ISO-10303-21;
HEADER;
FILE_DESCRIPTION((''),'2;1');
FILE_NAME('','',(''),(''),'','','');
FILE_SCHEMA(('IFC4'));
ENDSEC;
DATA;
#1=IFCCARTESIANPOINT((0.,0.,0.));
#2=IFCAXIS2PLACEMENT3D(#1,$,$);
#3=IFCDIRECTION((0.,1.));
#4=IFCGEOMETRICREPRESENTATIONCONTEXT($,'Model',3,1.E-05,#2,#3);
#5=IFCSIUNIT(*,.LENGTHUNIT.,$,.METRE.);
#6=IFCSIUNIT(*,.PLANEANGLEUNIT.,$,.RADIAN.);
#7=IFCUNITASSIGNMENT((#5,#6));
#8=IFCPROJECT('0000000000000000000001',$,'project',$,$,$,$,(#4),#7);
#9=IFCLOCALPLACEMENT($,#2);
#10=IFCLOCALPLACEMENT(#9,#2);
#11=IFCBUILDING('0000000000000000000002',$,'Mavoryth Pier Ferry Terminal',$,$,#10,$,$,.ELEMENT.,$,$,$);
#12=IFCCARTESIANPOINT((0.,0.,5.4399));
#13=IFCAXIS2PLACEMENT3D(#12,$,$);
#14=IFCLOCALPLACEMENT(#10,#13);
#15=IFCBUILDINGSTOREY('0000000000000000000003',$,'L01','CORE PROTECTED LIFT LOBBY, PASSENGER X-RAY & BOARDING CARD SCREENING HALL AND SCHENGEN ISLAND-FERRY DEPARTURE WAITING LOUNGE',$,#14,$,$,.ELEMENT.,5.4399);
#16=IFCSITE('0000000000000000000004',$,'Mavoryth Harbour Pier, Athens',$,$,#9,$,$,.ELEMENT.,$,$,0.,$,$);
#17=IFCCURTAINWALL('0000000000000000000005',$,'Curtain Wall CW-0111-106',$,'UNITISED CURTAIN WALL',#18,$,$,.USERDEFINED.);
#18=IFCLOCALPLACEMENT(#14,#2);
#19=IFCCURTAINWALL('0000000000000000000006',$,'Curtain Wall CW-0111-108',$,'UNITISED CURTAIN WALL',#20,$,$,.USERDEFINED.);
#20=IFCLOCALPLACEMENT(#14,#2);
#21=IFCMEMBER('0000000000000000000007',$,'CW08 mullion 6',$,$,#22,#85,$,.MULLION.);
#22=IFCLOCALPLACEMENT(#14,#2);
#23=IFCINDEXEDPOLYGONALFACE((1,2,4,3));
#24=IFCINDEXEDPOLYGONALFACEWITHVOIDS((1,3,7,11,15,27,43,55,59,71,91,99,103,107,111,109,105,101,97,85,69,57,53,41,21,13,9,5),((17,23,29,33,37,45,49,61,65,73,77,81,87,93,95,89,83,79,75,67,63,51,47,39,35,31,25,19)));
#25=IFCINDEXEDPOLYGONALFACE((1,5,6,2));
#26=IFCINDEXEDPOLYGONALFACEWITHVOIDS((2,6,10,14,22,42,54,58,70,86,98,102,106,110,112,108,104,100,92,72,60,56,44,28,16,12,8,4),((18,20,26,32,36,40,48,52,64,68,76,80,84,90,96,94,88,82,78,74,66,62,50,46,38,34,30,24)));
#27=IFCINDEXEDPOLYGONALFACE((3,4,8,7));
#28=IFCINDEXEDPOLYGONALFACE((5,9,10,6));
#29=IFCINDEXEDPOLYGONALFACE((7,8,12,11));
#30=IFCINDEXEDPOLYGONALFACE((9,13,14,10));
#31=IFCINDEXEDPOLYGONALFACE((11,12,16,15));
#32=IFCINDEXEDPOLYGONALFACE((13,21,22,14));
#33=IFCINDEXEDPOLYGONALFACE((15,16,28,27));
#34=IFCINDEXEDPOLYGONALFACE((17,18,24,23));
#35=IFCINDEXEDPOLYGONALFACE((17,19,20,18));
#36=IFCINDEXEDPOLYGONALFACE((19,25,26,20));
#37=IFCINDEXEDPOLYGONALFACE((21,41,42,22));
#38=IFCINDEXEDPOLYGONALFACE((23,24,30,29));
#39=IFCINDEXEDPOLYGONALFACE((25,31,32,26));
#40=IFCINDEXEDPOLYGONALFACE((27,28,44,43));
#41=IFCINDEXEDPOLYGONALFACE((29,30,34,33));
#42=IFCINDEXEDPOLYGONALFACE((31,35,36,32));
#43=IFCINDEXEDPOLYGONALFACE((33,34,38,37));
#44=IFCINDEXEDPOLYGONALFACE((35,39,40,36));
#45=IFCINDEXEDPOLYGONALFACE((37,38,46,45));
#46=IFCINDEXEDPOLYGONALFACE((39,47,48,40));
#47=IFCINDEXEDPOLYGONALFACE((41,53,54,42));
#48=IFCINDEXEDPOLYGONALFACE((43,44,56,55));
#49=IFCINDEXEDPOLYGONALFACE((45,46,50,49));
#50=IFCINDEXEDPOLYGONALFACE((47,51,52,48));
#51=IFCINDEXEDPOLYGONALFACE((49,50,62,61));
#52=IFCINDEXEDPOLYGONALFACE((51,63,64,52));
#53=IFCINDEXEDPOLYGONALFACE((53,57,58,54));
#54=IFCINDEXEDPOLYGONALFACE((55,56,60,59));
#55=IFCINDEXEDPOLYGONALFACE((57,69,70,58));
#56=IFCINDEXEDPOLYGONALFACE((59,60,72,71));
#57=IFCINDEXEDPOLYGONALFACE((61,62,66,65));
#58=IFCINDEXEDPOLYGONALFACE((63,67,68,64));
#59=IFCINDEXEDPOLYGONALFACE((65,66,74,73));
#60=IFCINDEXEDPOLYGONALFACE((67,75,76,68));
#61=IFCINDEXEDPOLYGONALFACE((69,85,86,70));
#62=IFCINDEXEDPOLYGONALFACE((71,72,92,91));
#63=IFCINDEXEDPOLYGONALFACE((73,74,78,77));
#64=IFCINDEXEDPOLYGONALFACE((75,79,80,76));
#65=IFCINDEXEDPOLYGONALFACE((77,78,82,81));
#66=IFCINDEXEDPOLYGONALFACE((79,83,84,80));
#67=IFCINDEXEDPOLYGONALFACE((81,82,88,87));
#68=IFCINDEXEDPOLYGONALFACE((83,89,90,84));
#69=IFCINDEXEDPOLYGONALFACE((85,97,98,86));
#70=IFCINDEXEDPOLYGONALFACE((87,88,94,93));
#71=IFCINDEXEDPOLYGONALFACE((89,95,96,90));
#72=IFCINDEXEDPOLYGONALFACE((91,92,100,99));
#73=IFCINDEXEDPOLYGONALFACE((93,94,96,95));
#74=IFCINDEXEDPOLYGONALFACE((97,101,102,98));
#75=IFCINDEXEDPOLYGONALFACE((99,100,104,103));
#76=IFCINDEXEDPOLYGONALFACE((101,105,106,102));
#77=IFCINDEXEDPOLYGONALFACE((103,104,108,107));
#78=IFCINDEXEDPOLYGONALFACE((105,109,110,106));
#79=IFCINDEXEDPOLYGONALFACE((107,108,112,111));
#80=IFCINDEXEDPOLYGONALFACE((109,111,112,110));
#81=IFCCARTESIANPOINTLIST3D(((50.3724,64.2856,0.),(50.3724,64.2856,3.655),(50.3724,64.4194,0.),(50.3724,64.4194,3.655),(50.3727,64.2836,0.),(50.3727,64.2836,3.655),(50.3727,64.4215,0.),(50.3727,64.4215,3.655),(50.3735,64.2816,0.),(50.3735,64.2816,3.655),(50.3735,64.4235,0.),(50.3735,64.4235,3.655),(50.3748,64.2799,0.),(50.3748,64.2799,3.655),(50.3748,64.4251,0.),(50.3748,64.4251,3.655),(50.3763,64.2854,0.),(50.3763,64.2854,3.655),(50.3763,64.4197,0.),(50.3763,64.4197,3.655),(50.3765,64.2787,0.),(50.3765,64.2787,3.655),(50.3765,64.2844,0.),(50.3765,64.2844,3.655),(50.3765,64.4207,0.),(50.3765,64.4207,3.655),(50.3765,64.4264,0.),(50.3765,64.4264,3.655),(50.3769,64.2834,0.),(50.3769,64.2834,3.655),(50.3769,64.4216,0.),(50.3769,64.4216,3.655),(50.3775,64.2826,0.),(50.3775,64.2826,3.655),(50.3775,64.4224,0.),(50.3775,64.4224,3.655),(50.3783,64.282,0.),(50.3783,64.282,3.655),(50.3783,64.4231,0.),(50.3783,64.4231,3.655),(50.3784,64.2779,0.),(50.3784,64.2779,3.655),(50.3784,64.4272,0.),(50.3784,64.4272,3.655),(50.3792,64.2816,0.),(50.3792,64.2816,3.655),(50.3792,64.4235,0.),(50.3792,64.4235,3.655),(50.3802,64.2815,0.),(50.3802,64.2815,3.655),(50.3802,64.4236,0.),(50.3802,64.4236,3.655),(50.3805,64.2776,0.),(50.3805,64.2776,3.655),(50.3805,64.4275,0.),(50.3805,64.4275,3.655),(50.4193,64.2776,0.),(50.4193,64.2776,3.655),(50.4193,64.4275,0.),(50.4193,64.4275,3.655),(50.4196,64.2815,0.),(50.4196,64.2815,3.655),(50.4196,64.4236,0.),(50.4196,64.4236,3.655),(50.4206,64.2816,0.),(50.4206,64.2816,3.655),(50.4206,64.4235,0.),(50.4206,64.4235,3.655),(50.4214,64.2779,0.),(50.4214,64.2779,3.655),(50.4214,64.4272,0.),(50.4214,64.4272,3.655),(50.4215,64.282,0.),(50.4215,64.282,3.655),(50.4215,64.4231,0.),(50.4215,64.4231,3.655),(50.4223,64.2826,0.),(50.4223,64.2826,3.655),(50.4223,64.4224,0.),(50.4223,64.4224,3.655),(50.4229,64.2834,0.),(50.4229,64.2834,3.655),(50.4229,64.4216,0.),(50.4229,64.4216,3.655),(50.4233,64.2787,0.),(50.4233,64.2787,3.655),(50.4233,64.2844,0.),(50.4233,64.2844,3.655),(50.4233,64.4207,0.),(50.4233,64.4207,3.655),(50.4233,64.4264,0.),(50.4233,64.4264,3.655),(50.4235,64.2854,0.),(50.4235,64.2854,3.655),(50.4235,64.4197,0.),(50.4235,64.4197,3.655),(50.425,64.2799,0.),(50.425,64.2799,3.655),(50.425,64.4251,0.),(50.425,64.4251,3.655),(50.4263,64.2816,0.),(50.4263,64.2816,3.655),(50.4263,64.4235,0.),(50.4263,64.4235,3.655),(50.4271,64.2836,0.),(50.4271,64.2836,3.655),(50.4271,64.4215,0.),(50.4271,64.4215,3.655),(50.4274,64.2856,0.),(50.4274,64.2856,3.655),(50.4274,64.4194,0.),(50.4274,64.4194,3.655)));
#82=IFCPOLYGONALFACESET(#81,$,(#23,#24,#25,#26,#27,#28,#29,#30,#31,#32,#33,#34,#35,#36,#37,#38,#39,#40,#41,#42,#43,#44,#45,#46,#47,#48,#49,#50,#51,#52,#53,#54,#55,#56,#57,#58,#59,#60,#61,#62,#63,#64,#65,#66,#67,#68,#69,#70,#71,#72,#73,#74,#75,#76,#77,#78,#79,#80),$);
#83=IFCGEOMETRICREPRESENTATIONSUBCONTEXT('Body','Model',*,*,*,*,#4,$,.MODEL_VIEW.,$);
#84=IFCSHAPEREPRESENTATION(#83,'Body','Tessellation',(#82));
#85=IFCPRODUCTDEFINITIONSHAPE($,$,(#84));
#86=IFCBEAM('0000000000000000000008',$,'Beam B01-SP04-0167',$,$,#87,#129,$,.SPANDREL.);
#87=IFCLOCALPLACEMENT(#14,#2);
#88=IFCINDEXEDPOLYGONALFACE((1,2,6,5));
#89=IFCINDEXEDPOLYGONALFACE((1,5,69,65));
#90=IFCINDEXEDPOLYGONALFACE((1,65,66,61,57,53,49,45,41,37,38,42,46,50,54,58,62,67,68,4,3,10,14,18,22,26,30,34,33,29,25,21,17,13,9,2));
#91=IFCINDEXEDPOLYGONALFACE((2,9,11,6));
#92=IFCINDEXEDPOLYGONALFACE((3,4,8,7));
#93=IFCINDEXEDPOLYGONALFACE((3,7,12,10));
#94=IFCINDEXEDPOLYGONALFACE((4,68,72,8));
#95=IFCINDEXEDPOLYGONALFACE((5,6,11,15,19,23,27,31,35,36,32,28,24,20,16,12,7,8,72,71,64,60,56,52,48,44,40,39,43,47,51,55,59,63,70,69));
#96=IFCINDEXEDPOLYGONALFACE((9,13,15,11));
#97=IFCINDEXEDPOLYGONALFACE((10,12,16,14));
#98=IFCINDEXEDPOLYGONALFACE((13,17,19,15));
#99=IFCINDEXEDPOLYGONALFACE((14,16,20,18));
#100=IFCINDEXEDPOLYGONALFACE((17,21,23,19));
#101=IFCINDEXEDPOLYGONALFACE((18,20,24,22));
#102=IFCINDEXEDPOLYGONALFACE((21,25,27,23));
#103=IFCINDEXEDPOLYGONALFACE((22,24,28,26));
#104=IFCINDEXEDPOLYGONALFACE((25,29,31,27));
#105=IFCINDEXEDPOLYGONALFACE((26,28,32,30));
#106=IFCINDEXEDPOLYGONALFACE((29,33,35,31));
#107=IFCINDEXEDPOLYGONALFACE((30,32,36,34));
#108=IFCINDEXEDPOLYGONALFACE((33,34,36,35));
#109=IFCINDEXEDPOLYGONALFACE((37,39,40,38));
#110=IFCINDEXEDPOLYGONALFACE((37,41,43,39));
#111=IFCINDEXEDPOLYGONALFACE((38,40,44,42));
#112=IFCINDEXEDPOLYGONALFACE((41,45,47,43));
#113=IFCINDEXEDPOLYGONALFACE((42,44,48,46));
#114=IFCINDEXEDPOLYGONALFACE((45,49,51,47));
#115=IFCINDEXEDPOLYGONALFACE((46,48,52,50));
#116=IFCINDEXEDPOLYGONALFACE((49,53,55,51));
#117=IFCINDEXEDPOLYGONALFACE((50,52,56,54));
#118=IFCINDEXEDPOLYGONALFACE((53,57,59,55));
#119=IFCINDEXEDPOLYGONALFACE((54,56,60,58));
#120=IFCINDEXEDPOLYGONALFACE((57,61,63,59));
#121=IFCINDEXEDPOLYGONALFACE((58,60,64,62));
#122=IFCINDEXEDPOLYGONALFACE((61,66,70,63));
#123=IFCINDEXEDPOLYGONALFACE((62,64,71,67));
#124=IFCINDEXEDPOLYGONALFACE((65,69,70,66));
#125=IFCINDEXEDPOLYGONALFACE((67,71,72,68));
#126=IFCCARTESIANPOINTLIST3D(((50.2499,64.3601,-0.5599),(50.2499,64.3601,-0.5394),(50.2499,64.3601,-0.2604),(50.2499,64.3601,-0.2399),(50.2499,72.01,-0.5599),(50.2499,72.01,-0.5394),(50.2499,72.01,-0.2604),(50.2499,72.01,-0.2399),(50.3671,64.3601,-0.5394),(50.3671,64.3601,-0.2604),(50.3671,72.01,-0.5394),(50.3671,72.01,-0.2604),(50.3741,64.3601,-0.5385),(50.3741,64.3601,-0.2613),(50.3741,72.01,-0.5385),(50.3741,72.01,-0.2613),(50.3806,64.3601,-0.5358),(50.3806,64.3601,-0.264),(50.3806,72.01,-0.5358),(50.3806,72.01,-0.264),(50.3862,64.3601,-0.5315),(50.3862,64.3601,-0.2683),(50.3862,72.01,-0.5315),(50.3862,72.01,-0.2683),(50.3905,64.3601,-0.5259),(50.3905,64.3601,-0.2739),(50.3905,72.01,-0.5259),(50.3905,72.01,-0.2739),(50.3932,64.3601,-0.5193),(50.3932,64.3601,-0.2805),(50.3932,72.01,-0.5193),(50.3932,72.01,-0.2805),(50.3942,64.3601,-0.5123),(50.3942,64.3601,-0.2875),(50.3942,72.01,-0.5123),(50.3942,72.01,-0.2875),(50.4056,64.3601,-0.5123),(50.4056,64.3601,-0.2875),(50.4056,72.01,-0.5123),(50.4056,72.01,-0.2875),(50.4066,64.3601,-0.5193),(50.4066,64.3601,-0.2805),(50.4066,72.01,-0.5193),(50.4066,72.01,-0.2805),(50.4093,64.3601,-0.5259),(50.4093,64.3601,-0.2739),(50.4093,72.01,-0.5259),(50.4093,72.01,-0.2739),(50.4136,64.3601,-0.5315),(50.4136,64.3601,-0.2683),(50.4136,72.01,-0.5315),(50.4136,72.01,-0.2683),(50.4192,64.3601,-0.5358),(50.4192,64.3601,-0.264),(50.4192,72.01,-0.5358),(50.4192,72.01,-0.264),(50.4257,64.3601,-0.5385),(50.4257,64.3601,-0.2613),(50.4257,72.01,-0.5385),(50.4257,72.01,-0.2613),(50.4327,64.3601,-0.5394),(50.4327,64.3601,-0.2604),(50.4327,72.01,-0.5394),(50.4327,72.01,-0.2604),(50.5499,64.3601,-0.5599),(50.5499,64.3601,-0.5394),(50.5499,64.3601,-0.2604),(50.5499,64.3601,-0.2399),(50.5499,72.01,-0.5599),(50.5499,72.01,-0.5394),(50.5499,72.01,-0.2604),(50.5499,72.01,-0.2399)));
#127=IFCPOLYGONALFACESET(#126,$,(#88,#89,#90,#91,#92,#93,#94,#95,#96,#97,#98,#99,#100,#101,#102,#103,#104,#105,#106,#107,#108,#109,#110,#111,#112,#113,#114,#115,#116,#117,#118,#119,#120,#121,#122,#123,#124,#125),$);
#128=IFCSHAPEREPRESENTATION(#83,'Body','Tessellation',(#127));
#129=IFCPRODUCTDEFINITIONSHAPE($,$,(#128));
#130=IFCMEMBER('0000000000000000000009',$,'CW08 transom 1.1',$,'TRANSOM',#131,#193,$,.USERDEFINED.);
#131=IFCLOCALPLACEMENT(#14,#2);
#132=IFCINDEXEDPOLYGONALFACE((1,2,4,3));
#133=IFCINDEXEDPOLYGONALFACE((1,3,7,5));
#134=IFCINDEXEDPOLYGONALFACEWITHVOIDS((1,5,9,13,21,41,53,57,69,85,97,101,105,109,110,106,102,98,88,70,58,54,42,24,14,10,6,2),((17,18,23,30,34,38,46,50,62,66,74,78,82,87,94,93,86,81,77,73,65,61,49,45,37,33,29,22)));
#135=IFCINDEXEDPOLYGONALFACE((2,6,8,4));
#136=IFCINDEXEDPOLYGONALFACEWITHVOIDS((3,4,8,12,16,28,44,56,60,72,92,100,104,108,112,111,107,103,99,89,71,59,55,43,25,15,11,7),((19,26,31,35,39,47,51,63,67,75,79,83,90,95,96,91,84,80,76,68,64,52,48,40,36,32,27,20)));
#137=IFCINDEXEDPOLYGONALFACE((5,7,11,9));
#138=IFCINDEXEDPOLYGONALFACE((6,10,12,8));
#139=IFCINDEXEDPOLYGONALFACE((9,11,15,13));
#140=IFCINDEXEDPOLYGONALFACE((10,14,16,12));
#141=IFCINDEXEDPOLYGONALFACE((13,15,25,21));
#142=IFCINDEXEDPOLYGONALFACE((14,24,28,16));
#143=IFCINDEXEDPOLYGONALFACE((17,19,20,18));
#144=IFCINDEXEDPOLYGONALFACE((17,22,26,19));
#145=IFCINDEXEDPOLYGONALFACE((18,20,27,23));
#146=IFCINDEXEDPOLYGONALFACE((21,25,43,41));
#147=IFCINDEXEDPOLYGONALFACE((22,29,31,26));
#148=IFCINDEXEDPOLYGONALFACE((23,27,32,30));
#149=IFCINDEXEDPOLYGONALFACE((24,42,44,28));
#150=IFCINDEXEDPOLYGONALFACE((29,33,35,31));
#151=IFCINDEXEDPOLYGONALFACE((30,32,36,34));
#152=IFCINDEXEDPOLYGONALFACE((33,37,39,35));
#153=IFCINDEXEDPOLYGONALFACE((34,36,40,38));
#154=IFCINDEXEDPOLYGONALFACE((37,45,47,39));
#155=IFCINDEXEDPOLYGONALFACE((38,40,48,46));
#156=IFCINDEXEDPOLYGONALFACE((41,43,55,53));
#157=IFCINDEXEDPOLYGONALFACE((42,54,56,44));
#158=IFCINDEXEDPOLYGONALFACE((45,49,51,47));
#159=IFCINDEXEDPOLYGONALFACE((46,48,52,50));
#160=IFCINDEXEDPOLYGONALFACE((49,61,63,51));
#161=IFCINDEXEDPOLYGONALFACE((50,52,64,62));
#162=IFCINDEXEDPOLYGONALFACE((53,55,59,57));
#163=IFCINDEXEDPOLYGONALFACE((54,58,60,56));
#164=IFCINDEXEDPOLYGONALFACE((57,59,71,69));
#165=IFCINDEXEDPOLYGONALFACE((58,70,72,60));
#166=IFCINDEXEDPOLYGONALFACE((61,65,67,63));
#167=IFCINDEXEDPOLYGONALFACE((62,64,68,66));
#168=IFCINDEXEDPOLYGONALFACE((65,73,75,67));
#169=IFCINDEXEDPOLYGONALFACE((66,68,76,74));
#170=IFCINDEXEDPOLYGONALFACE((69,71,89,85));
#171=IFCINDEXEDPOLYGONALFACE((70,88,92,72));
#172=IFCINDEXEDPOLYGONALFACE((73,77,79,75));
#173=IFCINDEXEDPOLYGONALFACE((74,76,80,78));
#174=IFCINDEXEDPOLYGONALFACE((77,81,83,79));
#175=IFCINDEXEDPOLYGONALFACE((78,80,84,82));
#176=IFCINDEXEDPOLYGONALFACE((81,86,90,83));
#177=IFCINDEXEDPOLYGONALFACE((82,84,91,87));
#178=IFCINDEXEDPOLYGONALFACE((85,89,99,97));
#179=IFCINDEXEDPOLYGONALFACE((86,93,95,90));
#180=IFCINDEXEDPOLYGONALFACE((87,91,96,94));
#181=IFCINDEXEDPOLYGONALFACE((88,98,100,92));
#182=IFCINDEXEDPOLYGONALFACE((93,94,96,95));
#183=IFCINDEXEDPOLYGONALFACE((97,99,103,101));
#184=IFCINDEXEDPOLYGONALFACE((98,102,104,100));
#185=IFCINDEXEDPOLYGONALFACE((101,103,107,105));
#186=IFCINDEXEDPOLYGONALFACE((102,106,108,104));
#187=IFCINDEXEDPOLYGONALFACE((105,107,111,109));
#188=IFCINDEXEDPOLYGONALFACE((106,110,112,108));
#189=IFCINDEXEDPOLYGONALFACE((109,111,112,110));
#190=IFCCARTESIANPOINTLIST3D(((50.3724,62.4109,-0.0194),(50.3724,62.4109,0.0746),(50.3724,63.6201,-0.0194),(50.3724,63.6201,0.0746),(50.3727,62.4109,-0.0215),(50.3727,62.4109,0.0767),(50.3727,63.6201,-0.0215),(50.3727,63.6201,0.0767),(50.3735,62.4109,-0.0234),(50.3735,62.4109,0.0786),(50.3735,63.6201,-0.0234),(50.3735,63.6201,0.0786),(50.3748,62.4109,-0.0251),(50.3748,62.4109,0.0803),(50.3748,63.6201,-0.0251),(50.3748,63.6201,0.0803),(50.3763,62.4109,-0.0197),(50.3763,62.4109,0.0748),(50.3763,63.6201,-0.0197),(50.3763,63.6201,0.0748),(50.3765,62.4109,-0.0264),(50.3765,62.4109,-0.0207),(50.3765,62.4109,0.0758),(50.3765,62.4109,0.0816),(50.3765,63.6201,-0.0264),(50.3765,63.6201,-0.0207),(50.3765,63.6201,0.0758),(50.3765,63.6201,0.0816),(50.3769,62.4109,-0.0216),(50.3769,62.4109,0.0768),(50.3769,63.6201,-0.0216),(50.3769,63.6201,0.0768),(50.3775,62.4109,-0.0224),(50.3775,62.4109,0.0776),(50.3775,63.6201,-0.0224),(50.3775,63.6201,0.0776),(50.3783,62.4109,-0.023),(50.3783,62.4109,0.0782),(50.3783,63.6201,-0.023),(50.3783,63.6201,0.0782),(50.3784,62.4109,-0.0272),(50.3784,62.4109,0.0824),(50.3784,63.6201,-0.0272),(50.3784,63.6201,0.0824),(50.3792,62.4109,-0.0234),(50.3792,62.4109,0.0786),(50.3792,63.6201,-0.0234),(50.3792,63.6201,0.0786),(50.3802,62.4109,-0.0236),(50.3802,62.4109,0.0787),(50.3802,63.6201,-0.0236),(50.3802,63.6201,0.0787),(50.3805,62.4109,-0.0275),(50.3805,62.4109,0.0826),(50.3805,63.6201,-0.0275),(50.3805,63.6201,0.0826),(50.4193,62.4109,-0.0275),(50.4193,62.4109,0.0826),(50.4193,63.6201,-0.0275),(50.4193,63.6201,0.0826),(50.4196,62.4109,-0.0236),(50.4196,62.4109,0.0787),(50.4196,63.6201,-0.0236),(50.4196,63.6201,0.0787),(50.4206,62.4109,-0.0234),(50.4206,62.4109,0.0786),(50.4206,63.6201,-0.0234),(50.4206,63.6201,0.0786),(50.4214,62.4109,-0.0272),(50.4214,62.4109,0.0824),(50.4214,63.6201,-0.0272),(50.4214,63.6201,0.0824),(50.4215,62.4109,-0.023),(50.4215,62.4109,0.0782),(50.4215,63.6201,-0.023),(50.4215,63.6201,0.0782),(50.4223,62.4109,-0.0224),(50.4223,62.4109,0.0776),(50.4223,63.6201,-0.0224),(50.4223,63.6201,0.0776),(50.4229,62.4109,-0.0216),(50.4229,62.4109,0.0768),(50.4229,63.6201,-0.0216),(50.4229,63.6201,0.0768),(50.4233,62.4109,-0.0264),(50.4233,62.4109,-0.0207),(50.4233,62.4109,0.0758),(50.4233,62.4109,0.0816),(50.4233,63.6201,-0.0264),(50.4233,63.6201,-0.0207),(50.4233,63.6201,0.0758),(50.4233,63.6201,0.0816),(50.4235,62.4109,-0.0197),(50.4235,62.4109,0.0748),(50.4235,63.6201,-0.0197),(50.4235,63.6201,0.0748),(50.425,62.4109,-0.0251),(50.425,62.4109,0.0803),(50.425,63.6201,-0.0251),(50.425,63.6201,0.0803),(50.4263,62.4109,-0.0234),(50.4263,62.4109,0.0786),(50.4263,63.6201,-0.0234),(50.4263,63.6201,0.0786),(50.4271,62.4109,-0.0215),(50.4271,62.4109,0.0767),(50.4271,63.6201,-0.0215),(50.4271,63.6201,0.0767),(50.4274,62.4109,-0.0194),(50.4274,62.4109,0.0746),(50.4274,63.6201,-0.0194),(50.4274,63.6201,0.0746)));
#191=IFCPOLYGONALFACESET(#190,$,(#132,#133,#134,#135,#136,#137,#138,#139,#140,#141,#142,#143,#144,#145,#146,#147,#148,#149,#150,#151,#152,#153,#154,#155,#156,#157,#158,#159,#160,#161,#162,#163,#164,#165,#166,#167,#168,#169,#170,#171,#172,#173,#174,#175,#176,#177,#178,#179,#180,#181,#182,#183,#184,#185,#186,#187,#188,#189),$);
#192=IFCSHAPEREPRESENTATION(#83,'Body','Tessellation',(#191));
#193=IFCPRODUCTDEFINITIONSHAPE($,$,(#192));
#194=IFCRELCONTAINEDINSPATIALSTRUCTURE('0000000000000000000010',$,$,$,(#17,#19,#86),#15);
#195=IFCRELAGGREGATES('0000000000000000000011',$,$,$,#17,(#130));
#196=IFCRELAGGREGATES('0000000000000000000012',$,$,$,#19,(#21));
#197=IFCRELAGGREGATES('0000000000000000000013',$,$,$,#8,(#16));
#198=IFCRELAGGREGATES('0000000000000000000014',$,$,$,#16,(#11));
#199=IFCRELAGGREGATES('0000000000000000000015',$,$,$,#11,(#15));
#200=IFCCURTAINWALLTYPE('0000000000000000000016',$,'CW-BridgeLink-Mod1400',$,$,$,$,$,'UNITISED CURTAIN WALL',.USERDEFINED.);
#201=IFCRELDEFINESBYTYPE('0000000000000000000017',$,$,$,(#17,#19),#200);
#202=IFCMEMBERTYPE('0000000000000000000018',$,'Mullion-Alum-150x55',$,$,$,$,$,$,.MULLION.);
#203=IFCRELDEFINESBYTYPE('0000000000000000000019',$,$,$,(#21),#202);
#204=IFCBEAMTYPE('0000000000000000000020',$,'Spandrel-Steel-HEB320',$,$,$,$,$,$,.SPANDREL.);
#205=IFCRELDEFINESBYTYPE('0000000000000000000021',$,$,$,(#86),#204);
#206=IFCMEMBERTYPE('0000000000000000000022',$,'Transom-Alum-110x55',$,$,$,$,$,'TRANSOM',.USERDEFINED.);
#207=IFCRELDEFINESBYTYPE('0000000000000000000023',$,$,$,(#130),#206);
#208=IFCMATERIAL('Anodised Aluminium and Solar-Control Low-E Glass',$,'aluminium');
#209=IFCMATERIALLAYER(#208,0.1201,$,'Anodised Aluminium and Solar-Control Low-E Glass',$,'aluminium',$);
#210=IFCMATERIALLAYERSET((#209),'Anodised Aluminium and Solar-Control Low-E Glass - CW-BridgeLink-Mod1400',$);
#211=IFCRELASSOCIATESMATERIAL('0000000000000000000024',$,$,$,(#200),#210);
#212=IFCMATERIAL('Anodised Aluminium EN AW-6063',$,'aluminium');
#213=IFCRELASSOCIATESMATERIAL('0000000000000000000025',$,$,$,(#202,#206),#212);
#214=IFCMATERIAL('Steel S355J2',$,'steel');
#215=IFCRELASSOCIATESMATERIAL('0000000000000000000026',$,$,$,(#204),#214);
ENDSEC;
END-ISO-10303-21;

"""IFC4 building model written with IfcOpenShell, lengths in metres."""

from ifc_helpers import new_model, si_unit, direction, frame, origin, origin_2d, place, context, subcontext, project, spatial, hollow_rectangle, i_section, extrude, material, layer, layer_set, material_profile, profile_set, type_object, element, aggregate, save


model = new_model("IFC4")

# Units and contexts
model_context = context("Model", 3, precision=1e-05, world=origin(), true_north=direction((0.0, 1.0)))
body_context = subcontext(model_context, "Body", "Model", "MODEL_VIEW")
ifc_project = project(units=[si_unit("LENGTHUNIT", "METRE"), si_unit("PLANEANGLEUNIT", "RADIAN")], contexts=[model_context])

# Site, building, storey
site_placement = place(None, origin())
site = spatial("IfcSite", under=ifc_project, at=site_placement, Name="Mavoryth Harbour Pier, Athens", CompositionType="ELEMENT", RefElevation=0.0)
building_placement = place(site_placement, origin())
building = spatial("IfcBuilding", under=site, at=building_placement, Name="Mavoryth Pier Ferry Terminal", CompositionType="ELEMENT")
storey_placement = place(building_placement, frame((0.0, 0.0, 5.4399)))
storey = spatial("IfcBuildingStorey", under=building, at=storey_placement, Name="L01", Description="CORE PROTECTED LIFT LOBBY, PASSENGER X-RAY & BOARDING CARD SCREENING HALL AND SCHENGEN ISLAND-FERRY DEPARTURE WAITING LOUNGE", CompositionType="ELEMENT", Elevation=5.4399)

# Shared definitions
ifc_material_1 = material(Name="Steel S355J2", Category="steel")

# Curtain walls, member
ifc_material_2 = material(Name="Anodised Aluminium and Solar-Control Low-E Glass", Category="aluminium")
ifc_layer_1 = layer(ifc_material_2, 0.1201, Name="Anodised Aluminium and Solar-Control Low-E Glass", Category="aluminium")
ifc_layer_set_1 = layer_set([ifc_layer_1], Name="Anodised Aluminium and Solar-Control Low-E Glass - CW-BridgeLink-Mod1400")
curtain_wall_type = type_object("IfcCurtainWallType", Name="CW-BridgeLink-Mod1400", ElementType="UNITISED CURTAIN WALL", PredefinedType="USERDEFINED", material=ifc_layer_set_1)
curtain_wall_1_placement = place(storey_placement, origin())
curtain_wall_1 = element("IfcCurtainWall", 1, at=curtain_wall_1_placement, inside=storey, type_object=curtain_wall_type, Name="Curtain Wall CW-0111-106", ObjectType="UNITISED CURTAIN WALL", PredefinedType="USERDEFINED")
ifc_material_3 = material(Name="Anodised Aluminium EN AW-6063", Category="aluminium")
ifc_material_profile_1 = material_profile(ifc_material_3, hollow_rectangle(XDim=0.0549, YDim=0.1499, WallThickness=0.0039, InnerFilletRadius=0.0039, OuterFilletRadius=0.0081, at=origin_2d()), Name="AL-MULL 150x55x4", Category="aluminium")
ifc_profile_set_1 = profile_set([ifc_material_profile_1], Name="Anodised Aluminium EN AW-6063 - AL-MULL 150x55x4")
member_type_1 = type_object("IfcMemberType", Name="Mullion-Alum-150x55", PredefinedType="MULLION", material=ifc_profile_set_1)
curtain_wall_2_placement = place(storey_placement, origin())
curtain_wall_2 = element("IfcCurtainWall", 2, at=curtain_wall_2_placement, inside=storey, type_object=curtain_wall_type, Name="Curtain Wall CW-0111-108", ObjectType="UNITISED CURTAIN WALL", PredefinedType="USERDEFINED")
member_1_placement = place(storey_placement, frame((50.3999, 64.3525, 0.0), z_axis=(0.0, 0.0, 1.0), x_axis=(1.0, 0.0, 0.0)))
member_1 = element("IfcMember", 3, at=member_1_placement, type_object=member_type_1, Name="CW08 mullion 6", PredefinedType="MULLION", context=body_context, shape_type="SweptSolid", body=[
    extrude(hollow_rectangle(XDim=0.0549, YDim=0.1499, WallThickness=0.0039, InnerFilletRadius=0.0039, OuterFilletRadius=0.0081, at=origin_2d()), origin(), (0.0, 0.0, 1.0), 3.655),
])

# Beam
ifc_material_profile_2 = material_profile(ifc_material_1, i_section(OverallWidth=0.3, OverallDepth=0.3201, WebThickness=0.0115, FlangeThickness=0.0205, FilletRadius=0.0271, at=origin_2d()), Name="HEB 320", Category="steel")
ifc_profile_set_2 = profile_set([ifc_material_profile_2], Name="Steel S355J2 - HEB 320")
beam_type_1 = type_object("IfcBeamType", Name="Spandrel-Steel-HEB320", PredefinedType="SPANDREL", material=ifc_profile_set_2)
beam_placement = place(storey_placement, frame((50.3999, 64.3601, -0.3999), z_axis=(0.0, 1.0, 0.0), x_axis=(-1.0, 0.0, 0.0)))
element("IfcBeam", 4, at=beam_placement, inside=storey, type_object=beam_type_1, Name="Beam B01-SP04-0167", PredefinedType="SPANDREL", context=body_context, shape_type="SweptSolid", body=[
    extrude(i_section(OverallWidth=0.3, OverallDepth=0.3201, WebThickness=0.0115, FlangeThickness=0.0205, FilletRadius=0.0271, at=origin_2d()), origin(), (0.0, 0.0, 1.0), 7.6499),
])

# Member
ifc_material_profile_3 = material_profile(ifc_material_3, hollow_rectangle(XDim=0.0549, YDim=0.1101, WallThickness=0.0039, InnerFilletRadius=0.0039, OuterFilletRadius=0.0081, at=origin_2d()), Name="AL-TRAN 110x55x4", Category="aluminium")
ifc_profile_set_3 = profile_set([ifc_material_profile_3], Name="Anodised Aluminium EN AW-6063 - AL-TRAN 110x55x4")
member_type_2 = type_object("IfcMemberType", Name="Transom-Alum-110x55", ElementType="TRANSOM", PredefinedType="USERDEFINED", material=ifc_profile_set_3)
member_2_placement = place(storey_placement, frame((50.3999, 63.6201, 0.0276), z_axis=(0.0, -1.0, 0.0), x_axis=(1.0, 0.0, 0.0)))
member_2 = element("IfcMember", 5, at=member_2_placement, type_object=member_type_2, Name="CW08 transom 1.1", ObjectType="TRANSOM", PredefinedType="USERDEFINED", context=body_context, shape_type="SweptSolid", body=[
    extrude(hollow_rectangle(XDim=0.0549, YDim=0.1101, WallThickness=0.0039, InnerFilletRadius=0.0039, OuterFilletRadius=0.0081, at=origin_2d()), origin(), (0.0, 0.0, 1.0), 1.2092),
])

aggregate(curtain_wall_1, [member_2])
aggregate(curtain_wall_2, [member_1])

save(model, "model.ifc")
